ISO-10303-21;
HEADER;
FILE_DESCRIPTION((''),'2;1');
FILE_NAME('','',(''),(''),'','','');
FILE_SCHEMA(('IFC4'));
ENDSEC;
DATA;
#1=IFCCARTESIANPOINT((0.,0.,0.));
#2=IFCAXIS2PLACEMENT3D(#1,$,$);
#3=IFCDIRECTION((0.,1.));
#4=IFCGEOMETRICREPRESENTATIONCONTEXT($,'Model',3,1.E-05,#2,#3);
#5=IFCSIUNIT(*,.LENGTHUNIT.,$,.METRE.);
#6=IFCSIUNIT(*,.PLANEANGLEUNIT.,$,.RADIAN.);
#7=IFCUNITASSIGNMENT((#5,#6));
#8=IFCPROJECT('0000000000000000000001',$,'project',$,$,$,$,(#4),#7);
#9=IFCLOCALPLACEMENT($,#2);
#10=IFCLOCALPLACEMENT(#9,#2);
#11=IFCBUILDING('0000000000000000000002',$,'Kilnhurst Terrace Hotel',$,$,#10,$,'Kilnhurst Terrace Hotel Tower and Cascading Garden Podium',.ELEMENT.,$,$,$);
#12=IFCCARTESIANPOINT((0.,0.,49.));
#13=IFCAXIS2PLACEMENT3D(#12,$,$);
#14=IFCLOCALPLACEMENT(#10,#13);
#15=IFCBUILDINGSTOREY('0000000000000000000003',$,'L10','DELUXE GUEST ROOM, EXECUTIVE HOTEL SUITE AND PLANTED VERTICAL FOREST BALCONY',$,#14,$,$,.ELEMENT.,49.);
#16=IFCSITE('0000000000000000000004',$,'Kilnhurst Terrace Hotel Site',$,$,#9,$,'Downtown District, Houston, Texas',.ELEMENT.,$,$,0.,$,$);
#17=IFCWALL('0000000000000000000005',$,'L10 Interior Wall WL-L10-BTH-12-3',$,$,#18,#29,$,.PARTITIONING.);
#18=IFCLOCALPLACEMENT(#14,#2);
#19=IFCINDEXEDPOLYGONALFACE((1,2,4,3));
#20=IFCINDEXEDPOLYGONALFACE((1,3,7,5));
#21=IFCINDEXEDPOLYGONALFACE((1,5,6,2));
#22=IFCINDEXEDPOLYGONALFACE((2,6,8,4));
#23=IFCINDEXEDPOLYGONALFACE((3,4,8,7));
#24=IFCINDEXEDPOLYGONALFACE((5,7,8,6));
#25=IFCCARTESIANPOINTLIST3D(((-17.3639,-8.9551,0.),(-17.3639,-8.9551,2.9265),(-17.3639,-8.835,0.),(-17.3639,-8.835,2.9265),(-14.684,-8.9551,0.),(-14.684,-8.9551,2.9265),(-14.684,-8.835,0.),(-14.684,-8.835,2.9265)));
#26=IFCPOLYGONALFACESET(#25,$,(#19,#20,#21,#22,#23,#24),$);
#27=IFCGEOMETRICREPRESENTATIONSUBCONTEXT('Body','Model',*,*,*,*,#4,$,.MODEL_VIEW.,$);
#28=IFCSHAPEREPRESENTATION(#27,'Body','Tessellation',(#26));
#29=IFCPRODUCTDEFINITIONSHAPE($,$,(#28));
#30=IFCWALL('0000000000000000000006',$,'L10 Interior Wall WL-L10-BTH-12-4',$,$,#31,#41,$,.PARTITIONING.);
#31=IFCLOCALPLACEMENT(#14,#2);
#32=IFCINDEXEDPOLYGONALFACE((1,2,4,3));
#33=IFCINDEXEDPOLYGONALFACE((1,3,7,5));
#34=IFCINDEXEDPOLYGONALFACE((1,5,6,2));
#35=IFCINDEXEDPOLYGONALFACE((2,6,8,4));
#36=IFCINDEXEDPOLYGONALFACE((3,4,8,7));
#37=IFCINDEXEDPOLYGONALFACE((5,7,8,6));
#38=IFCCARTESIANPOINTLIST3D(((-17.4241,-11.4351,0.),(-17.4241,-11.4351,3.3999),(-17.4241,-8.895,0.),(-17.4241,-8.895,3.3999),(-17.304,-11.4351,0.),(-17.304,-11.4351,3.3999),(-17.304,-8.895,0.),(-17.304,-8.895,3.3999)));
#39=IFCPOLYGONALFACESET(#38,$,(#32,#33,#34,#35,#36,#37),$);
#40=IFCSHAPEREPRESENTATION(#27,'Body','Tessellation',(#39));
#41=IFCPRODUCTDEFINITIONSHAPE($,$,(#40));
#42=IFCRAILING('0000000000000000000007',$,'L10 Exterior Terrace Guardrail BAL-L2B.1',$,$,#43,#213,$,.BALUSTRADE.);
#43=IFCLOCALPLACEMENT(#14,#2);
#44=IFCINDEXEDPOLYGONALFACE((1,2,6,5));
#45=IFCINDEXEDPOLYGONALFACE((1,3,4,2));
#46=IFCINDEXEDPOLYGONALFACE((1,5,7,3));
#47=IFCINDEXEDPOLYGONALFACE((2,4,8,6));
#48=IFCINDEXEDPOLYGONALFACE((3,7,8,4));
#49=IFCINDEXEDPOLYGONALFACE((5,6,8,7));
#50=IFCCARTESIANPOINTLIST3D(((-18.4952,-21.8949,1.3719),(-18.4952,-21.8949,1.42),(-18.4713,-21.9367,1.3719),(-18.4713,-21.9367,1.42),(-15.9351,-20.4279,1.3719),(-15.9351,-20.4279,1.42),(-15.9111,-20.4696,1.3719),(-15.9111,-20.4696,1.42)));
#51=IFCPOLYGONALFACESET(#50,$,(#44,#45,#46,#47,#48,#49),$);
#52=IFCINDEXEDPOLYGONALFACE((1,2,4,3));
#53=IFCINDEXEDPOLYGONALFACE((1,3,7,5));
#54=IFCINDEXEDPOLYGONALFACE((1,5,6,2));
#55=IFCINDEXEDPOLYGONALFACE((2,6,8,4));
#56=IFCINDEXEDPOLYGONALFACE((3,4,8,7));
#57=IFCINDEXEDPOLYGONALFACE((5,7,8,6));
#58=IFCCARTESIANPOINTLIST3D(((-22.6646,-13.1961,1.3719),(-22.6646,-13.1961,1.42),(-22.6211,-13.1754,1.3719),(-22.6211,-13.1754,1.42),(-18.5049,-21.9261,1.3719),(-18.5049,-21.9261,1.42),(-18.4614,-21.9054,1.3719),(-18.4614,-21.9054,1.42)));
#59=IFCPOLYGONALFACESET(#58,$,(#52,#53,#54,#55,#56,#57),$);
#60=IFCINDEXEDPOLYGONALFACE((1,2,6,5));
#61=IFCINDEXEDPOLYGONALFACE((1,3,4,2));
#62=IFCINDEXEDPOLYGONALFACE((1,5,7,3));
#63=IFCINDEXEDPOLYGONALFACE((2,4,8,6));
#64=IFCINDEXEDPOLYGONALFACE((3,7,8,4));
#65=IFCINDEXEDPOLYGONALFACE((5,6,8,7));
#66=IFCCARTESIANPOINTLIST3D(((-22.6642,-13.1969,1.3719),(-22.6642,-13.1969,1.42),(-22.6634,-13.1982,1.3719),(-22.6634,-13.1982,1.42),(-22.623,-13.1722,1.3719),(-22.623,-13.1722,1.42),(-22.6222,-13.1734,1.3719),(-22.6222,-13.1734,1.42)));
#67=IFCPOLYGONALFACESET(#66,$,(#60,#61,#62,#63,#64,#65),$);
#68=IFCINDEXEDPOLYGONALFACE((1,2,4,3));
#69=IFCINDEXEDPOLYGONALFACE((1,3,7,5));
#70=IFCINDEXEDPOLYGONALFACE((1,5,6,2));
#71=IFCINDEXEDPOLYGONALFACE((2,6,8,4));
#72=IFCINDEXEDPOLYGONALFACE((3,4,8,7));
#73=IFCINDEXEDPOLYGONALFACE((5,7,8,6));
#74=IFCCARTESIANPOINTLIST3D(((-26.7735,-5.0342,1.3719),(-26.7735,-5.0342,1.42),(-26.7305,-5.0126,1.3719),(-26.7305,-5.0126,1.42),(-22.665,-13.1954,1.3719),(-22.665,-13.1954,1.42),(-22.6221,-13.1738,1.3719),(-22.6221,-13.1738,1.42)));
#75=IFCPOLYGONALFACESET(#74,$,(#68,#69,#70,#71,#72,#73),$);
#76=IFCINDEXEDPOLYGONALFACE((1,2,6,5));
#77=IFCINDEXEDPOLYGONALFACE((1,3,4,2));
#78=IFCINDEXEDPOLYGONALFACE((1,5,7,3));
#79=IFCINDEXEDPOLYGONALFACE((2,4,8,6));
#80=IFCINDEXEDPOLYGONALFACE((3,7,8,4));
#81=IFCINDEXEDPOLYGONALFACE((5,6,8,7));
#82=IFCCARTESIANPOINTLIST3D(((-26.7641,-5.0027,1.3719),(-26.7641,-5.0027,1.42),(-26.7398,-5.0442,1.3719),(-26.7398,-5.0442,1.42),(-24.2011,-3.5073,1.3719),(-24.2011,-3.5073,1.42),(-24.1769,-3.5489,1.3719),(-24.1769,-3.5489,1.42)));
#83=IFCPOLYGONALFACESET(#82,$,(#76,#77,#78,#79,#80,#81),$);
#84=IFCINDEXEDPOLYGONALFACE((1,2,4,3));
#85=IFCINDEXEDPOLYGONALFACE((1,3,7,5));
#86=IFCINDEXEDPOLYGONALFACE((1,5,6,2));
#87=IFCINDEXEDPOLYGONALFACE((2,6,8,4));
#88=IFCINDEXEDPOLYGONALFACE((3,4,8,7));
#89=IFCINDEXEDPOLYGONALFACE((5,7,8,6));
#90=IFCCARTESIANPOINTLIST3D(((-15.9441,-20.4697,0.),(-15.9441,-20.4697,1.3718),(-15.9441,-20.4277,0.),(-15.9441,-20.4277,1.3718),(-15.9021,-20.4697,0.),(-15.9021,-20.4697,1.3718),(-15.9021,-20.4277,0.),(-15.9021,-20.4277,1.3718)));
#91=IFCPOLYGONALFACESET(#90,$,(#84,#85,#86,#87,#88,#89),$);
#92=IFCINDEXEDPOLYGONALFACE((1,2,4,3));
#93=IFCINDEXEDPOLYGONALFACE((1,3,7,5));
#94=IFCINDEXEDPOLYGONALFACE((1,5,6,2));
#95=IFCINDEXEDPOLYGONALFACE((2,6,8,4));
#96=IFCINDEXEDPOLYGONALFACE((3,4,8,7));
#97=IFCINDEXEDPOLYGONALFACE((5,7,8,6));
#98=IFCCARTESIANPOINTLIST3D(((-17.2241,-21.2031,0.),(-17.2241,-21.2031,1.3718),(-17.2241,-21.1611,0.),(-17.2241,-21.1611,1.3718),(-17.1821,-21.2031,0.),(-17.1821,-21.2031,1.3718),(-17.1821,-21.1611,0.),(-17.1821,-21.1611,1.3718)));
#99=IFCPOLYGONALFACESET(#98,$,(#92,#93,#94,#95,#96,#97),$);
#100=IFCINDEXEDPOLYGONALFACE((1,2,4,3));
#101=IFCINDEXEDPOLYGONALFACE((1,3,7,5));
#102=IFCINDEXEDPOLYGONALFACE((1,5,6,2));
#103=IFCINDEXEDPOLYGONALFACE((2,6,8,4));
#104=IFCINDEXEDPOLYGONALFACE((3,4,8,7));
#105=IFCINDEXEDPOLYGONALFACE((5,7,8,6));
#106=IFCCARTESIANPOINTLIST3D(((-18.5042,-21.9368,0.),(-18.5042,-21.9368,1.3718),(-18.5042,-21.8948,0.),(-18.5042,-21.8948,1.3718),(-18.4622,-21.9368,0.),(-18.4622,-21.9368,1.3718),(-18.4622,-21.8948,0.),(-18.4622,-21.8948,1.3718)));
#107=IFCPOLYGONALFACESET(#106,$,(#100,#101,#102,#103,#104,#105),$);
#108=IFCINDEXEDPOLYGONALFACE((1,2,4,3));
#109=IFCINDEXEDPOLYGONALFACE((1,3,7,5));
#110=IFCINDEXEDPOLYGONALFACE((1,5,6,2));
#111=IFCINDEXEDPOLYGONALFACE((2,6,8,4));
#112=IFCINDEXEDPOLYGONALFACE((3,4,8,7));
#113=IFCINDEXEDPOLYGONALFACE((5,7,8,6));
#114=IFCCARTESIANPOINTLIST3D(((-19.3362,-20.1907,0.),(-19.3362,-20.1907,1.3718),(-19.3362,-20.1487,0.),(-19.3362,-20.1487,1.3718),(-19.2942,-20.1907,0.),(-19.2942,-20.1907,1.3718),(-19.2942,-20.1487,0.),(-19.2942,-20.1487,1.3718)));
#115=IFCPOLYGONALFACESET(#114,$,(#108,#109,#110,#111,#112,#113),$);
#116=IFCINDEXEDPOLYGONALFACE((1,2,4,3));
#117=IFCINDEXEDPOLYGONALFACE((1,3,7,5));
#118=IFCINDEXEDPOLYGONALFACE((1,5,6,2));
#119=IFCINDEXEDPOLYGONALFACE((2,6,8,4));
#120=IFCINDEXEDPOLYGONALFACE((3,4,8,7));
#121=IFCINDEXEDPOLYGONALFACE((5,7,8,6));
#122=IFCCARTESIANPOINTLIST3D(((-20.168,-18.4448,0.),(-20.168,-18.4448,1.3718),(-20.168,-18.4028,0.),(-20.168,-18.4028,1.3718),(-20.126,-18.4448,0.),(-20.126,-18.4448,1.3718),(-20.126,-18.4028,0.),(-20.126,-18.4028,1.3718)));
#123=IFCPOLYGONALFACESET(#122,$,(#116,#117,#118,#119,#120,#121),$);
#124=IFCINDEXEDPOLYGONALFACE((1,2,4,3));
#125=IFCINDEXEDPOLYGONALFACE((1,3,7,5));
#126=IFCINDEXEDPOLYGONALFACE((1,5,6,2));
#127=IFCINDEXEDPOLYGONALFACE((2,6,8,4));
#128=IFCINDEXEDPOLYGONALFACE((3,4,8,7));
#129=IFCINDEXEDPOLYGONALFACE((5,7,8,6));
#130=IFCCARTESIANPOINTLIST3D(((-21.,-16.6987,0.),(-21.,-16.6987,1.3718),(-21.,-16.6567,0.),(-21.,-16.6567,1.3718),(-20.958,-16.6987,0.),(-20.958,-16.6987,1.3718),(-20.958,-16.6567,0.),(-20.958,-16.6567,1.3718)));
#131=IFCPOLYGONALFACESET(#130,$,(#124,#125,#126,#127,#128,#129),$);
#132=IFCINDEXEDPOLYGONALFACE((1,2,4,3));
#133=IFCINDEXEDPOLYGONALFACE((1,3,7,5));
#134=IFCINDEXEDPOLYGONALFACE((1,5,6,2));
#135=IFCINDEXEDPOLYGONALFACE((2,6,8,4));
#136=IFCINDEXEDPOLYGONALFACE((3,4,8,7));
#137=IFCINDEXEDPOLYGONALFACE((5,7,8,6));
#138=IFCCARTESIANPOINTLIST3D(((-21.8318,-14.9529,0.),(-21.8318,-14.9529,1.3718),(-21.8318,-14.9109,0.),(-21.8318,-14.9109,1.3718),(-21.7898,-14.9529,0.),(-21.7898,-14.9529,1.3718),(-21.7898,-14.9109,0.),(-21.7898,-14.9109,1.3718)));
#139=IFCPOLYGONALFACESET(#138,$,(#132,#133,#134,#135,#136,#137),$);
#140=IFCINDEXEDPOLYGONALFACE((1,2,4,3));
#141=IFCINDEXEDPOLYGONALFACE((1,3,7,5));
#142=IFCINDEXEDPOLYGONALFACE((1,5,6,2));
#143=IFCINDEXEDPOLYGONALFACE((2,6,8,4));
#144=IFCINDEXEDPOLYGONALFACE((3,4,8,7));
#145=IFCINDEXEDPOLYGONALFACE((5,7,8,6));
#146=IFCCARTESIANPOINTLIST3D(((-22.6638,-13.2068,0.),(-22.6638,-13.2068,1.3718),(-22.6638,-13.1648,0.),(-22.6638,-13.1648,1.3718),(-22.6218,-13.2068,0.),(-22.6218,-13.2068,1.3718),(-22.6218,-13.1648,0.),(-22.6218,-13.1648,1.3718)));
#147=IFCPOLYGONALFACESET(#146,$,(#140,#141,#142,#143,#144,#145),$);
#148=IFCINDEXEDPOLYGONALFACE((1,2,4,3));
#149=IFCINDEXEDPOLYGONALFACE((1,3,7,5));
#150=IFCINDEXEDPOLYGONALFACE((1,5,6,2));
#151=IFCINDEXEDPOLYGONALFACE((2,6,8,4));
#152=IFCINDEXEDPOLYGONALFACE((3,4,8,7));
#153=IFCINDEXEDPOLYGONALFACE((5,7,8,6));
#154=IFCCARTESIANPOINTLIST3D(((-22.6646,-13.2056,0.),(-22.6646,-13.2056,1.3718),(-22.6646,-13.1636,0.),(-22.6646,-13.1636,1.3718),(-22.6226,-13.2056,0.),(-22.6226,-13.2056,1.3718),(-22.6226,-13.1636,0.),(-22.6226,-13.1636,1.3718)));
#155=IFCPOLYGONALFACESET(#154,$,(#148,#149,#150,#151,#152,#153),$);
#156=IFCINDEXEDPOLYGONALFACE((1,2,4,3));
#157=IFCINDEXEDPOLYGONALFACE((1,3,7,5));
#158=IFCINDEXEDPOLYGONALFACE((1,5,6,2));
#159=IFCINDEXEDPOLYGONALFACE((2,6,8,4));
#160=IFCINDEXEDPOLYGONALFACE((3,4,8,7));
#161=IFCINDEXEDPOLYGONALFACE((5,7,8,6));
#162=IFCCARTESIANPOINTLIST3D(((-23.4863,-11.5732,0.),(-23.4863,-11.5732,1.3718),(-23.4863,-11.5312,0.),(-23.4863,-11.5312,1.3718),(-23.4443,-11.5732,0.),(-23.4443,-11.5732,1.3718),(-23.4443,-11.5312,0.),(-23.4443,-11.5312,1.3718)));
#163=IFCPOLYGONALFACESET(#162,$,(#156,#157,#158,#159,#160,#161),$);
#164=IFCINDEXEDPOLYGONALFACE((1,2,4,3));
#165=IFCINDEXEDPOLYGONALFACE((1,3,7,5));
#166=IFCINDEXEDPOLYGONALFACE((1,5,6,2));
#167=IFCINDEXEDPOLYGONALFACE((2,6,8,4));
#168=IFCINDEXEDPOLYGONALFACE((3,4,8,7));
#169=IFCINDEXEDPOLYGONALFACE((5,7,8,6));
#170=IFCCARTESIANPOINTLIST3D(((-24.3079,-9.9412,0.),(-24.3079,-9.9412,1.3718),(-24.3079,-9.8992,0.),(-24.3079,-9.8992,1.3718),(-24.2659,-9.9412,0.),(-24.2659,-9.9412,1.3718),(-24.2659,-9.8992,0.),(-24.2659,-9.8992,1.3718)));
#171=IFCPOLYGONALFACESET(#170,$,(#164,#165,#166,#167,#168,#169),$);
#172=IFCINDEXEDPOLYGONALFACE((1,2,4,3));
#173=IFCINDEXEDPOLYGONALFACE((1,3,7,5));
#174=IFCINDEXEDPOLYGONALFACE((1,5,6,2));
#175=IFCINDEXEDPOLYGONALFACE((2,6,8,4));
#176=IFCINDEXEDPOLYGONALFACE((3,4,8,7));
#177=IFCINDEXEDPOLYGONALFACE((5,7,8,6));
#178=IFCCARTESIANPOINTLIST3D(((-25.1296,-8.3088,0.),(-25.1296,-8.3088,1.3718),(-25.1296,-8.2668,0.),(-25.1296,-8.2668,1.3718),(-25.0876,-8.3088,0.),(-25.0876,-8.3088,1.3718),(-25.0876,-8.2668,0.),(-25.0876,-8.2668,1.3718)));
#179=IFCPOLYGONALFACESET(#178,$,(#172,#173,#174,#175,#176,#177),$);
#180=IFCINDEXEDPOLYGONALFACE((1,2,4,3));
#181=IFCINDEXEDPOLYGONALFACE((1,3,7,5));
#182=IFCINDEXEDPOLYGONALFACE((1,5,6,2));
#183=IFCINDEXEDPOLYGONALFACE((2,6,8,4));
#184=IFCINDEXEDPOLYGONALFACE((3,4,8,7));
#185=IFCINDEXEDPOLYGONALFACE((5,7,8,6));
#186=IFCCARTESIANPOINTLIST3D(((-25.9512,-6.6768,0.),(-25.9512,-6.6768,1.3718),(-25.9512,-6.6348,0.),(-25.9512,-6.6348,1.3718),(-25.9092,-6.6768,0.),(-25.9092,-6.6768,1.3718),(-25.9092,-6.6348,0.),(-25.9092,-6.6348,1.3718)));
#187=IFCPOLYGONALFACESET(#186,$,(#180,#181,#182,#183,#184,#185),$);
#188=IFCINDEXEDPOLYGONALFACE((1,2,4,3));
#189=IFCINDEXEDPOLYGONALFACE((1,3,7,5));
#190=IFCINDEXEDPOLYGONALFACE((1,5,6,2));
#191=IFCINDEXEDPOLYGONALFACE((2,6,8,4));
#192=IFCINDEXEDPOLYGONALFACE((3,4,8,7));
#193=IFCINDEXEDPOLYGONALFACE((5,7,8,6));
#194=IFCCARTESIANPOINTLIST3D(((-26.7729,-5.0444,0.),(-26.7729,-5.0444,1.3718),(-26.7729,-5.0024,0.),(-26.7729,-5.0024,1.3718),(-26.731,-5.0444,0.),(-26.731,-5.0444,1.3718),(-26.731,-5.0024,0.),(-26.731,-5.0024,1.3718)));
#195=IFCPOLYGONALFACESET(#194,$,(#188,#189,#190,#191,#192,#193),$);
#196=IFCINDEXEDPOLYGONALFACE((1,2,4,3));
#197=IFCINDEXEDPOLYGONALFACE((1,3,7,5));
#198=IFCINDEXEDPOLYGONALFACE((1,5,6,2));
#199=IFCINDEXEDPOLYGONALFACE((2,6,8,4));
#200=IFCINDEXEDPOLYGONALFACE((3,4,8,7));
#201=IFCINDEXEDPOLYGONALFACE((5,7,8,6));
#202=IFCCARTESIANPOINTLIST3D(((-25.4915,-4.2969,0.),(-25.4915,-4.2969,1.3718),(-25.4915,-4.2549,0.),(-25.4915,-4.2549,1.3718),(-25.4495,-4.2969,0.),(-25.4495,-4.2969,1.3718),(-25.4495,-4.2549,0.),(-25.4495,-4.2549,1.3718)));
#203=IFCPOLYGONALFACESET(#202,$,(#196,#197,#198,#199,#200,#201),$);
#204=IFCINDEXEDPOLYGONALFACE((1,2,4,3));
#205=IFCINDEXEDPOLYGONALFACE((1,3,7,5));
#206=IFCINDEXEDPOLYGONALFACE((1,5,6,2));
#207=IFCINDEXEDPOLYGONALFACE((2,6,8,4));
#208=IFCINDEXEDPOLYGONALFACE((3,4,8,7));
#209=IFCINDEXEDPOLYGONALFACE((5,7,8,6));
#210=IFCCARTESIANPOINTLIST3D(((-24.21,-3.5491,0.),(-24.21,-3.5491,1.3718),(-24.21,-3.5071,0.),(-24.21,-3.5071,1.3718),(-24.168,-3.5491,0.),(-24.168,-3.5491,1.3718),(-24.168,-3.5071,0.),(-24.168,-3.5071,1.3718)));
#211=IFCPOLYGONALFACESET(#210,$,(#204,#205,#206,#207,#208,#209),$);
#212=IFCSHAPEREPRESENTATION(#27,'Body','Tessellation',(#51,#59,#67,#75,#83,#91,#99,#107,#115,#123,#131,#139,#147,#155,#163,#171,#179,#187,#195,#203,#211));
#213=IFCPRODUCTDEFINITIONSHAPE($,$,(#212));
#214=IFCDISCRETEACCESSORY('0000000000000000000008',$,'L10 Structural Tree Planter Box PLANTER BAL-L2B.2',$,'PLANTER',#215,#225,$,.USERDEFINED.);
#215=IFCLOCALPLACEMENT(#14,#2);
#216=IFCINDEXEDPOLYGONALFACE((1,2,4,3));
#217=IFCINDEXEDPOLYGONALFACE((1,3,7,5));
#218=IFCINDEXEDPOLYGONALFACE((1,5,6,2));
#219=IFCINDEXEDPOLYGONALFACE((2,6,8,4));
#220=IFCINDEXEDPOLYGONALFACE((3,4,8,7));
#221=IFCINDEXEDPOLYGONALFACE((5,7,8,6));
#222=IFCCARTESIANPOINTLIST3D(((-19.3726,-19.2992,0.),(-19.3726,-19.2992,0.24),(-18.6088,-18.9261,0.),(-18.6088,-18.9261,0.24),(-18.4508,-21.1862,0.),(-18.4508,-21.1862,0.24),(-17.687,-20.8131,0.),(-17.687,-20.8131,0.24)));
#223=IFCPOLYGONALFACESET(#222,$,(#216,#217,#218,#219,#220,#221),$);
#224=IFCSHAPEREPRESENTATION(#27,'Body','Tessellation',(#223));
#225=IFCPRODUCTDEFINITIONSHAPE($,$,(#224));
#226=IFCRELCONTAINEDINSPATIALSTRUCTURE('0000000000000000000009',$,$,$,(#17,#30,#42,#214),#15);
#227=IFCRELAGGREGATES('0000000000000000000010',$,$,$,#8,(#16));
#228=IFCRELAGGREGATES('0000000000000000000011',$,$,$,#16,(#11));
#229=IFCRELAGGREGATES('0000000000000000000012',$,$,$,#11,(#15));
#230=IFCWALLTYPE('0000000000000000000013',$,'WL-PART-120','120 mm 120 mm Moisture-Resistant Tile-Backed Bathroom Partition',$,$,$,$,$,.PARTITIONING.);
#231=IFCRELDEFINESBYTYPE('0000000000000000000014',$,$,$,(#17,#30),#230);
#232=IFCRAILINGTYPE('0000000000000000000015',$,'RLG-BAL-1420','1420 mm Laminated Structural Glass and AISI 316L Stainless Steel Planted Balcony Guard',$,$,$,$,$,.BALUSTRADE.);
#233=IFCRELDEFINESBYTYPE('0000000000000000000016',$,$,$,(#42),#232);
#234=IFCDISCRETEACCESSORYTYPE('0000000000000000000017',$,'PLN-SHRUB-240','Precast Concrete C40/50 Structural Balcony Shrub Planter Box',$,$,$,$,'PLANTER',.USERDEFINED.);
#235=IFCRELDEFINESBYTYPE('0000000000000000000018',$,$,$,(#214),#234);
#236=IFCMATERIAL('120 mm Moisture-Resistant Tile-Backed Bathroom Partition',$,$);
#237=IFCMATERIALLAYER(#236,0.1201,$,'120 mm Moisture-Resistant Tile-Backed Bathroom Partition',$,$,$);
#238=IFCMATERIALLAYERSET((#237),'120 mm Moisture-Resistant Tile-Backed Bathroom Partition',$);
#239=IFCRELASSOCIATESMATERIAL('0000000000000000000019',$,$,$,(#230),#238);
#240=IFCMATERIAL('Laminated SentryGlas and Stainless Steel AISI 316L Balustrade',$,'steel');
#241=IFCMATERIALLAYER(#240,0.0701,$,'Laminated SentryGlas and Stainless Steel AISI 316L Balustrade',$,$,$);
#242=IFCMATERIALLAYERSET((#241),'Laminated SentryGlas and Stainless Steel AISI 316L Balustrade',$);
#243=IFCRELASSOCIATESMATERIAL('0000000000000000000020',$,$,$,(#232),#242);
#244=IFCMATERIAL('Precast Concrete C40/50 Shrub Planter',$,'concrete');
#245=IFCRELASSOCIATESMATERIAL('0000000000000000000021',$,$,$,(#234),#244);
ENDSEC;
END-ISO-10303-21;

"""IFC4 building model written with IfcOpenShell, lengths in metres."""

from ifc_helpers import new_model, si_unit, direction, frame, frame_2d, origin, origin_2d, place, context, subcontext, project, spatial, rectangle, extrude, material, layer, layer_set, type_object, element, save


model = new_model("IFC4")

# Units and contexts
model_context = context("Model", 3, precision=1e-05, world=origin(), true_north=direction((0.0, 1.0)))
body_context = subcontext(model_context, "Body", "Model", "MODEL_VIEW")
ifc_project = project(units=[si_unit("LENGTHUNIT", "METRE"), si_unit("PLANEANGLEUNIT", "RADIAN")], contexts=[model_context])

# Site, building, storey
site_placement = place(None, origin())
site = spatial("IfcSite", under=ifc_project, at=site_placement, Name="Kilnhurst Terrace Hotel Site", LongName="Downtown District, Houston, Texas", CompositionType="ELEMENT", RefElevation=0.0)
building_placement = place(site_placement, origin())
building = spatial("IfcBuilding", under=site, at=building_placement, Name="Kilnhurst Terrace Hotel", LongName="Kilnhurst Terrace Hotel Tower and Cascading Garden Podium", CompositionType="ELEMENT")
storey_placement = place(building_placement, frame((0.0, 0.0, 49.0)))
storey = spatial("IfcBuildingStorey", under=building, at=storey_placement, Name="L10", Description="DELUXE GUEST ROOM, EXECUTIVE HOTEL SUITE AND PLANTED VERTICAL FOREST BALCONY", CompositionType="ELEMENT", Elevation=49.0)

# Shared definitions
ifc_material_1 = material(Name="120 mm Moisture-Resistant Tile-Backed Bathroom Partition")
ifc_layer_1 = layer(ifc_material_1, 0.1201, Name="120 mm Moisture-Resistant Tile-Backed Bathroom Partition")
ifc_layer_set_1 = layer_set([ifc_layer_1], Name="120 mm Moisture-Resistant Tile-Backed Bathroom Partition")
wall_type_1 = type_object("IfcWallType", Name="WL-PART-120", Description="120 mm 120 mm Moisture-Resistant Tile-Backed Bathroom Partition", PredefinedType="PARTITIONING", material=ifc_layer_set_1)

# Walls
wall_1_placement = place(storey_placement, frame((-14.6841, -8.895, 0.0), z_axis=(0.0, 0.0, 1.0), x_axis=(-1.0, 0.0, 0.0)))
element("IfcWall", 1, at=wall_1_placement, inside=storey, type_object=wall_type_1, Name="L10 Interior Wall WL-L10-BTH-12-3", PredefinedType="PARTITIONING", context=body_context, shape_type="SweptSolid", body=[
    extrude(rectangle(XDim=2.6799, YDim=0.1201, at=frame_2d((1.3398, 0.0))), origin(), (0.0, 0.0, 1.0), 2.9265),
])
wall_2_placement = place(storey_placement, frame((-17.364, -8.895, 0.0), z_axis=(0.0, 0.0, 1.0), x_axis=(0.0, -1.0, 0.0)))
element("IfcWall", 2, at=wall_2_placement, inside=storey, type_object=wall_type_1, Name="L10 Interior Wall WL-L10-BTH-12-4", PredefinedType="PARTITIONING", context=body_context, shape_type="SweptSolid", body=[
    extrude(rectangle(XDim=2.54, YDim=0.1201, at=frame_2d((1.27, 0.0))), origin(), (0.0, 0.0, 1.0), 3.3999),
])

# Railing
ifc_material_2 = material(Name="Laminated SentryGlas and Stainless Steel AISI 316L Balustrade", Category="steel")
ifc_layer_2 = layer(ifc_material_2, 0.0701, Name="Laminated SentryGlas and Stainless Steel AISI 316L Balustrade")
ifc_layer_set_2 = layer_set([ifc_layer_2], Name="Laminated SentryGlas and Stainless Steel AISI 316L Balustrade")
railing_type = type_object("IfcRailingType", Name="RLG-BAL-1420", Description="1420 mm Laminated Structural Glass and AISI 316L Stainless Steel Planted Balcony Guard", PredefinedType="BALUSTRADE", material=ifc_layer_set_2)
railing_placement = place(storey_placement, frame((-15.9231, -20.4487, 0.0)))
element("IfcRailing", 3, at=railing_placement, inside=storey, type_object=railing_type, Name="L10 Exterior Terrace Guardrail BAL-L2B.1", PredefinedType="BALUSTRADE", context=body_context, shape_type="SweptSolid", body=[
    extrude(rectangle(XDim=0.0481, YDim=0.0481, at=origin_2d()), frame((0.0, 0.0, 1.396), z_axis=(-0.867637, -0.497199, 0.0), x_axis=(0.497199, -0.867637, 0.0)), (0.0, 0.0, 1.0), 2.9507),
    extrude(rectangle(XDim=0.0481, YDim=0.0481, at=origin_2d()), frame((-2.5601, -1.467, 1.396), z_axis=(-0.430147, 0.902759, 0.0), x_axis=(-0.902759, -0.430147, 0.0)), (0.0, 0.0, 1.0), 9.6704),
    extrude(rectangle(XDim=0.0481, YDim=0.0481, at=origin_2d()), frame((-6.7197, 7.2629, 1.396), z_axis=(-0.514496, 0.857493, 0.0), x_axis=(-0.857493, -0.514496, 0.0)), (0.0, 0.0, 1.0), 0.0015),
    extrude(rectangle(XDim=0.0481, YDim=0.0481, at=origin_2d()), frame((-6.7205, 7.2642, 1.396), z_axis=(-0.449649, 0.893205, 0.0), x_axis=(-0.893205, -0.449649, 0.0)), (0.0, 0.0, 1.0), 9.137),
    extrude(rectangle(XDim=0.0481, YDim=0.0481, at=origin_2d()), frame((-10.8289, 15.4253, 1.396), z_axis=(0.863737, 0.503943, 0.0), x_axis=(-0.503943, 0.863737, 0.0)), (0.0, 0.0, 1.0), 2.9673),
    extrude(rectangle(XDim=0.042, YDim=0.042, at=origin_2d()), origin(), (0.0, 0.0, 1.0), 1.3718),
    extrude(rectangle(XDim=0.042, YDim=0.042, at=origin_2d()), frame((-1.28, -0.7334, 0.0)), (0.0, 0.0, 1.0), 1.3718),
    extrude(rectangle(XDim=0.042, YDim=0.042, at=origin_2d()), frame((-2.5601, -1.467, 0.0)), (0.0, 0.0, 1.0), 1.3718),
    extrude(rectangle(XDim=0.042, YDim=0.042, at=origin_2d()), frame((-3.3921, 0.2791, 0.0)), (0.0, 0.0, 1.0), 1.3718),
    extrude(rectangle(XDim=0.042, YDim=0.042, at=origin_2d()), frame((-4.2239, 2.0249, 0.0)), (0.0, 0.0, 1.0), 1.3718),
    extrude(rectangle(XDim=0.042, YDim=0.042, at=origin_2d()), frame((-5.0559, 3.771, 0.0)), (0.0, 0.0, 1.0), 1.3718),
    extrude(rectangle(XDim=0.042, YDim=0.042, at=origin_2d()), frame((-5.8877, 5.5168, 0.0)), (0.0, 0.0, 1.0), 1.3718),
    extrude(rectangle(XDim=0.042, YDim=0.042, at=origin_2d()), frame((-6.7197, 7.2629, 0.0)), (0.0, 0.0, 1.0), 1.3718),
    extrude(rectangle(XDim=0.042, YDim=0.042, at=origin_2d()), frame((-6.7205, 7.2642, 0.0)), (0.0, 0.0, 1.0), 1.3718),
    extrude(rectangle(XDim=0.042, YDim=0.042, at=origin_2d()), frame((-7.5422, 8.8965, 0.0)), (0.0, 0.0, 1.0), 1.3718),
    extrude(rectangle(XDim=0.042, YDim=0.042, at=origin_2d()), frame((-8.3638, 10.5286, 0.0)), (0.0, 0.0, 1.0), 1.3718),
    extrude(rectangle(XDim=0.042, YDim=0.042, at=origin_2d()), frame((-9.1855, 12.1609, 0.0)), (0.0, 0.0, 1.0), 1.3718),
    extrude(rectangle(XDim=0.042, YDim=0.042, at=origin_2d()), frame((-10.0071, 13.793, 0.0)), (0.0, 0.0, 1.0), 1.3718),
    extrude(rectangle(XDim=0.042, YDim=0.042, at=origin_2d()), frame((-10.8289, 15.4253, 0.0)), (0.0, 0.0, 1.0), 1.3718),
    extrude(rectangle(XDim=0.042, YDim=0.042, at=origin_2d()), frame((-9.5474, 16.1729, 0.0)), (0.0, 0.0, 1.0), 1.3718),
    extrude(rectangle(XDim=0.042, YDim=0.042, at=origin_2d()), frame((-8.2659, 16.9207, 0.0)), (0.0, 0.0, 1.0), 1.3718),
])

# Discrete accessory
ifc_material_3 = material(Name="Precast Concrete C40/50 Shrub Planter", Category="concrete")
discrete_accessory_type = type_object("IfcDiscreteAccessoryType", Name="PLN-SHRUB-240", Description="Precast Concrete C40/50 Structural Balcony Shrub Planter Box", ElementType="PLANTER", PredefinedType="USERDEFINED", material=ifc_material_3)
discrete_accessory_placement = place(storey_placement, frame((-18.5298, -20.0562, 0.0), z_axis=(0.0, 0.0, 1.0), x_axis=(0.438936, -0.898518, 0.0)))
element("IfcDiscreteAccessory", 4, at=discrete_accessory_placement, inside=storey, type_object=discrete_accessory_type, Name="L10 Structural Tree Planter Box PLANTER BAL-L2B.2", ObjectType="PLANTER", PredefinedType="USERDEFINED", context=body_context, shape_type="SweptSolid", body=[
    extrude(rectangle(XDim=2.1001, YDim=0.8501, at=origin_2d()), origin(), (0.0, 0.0, 1.0), 0.24),
])

save(model, "model.ifc")
